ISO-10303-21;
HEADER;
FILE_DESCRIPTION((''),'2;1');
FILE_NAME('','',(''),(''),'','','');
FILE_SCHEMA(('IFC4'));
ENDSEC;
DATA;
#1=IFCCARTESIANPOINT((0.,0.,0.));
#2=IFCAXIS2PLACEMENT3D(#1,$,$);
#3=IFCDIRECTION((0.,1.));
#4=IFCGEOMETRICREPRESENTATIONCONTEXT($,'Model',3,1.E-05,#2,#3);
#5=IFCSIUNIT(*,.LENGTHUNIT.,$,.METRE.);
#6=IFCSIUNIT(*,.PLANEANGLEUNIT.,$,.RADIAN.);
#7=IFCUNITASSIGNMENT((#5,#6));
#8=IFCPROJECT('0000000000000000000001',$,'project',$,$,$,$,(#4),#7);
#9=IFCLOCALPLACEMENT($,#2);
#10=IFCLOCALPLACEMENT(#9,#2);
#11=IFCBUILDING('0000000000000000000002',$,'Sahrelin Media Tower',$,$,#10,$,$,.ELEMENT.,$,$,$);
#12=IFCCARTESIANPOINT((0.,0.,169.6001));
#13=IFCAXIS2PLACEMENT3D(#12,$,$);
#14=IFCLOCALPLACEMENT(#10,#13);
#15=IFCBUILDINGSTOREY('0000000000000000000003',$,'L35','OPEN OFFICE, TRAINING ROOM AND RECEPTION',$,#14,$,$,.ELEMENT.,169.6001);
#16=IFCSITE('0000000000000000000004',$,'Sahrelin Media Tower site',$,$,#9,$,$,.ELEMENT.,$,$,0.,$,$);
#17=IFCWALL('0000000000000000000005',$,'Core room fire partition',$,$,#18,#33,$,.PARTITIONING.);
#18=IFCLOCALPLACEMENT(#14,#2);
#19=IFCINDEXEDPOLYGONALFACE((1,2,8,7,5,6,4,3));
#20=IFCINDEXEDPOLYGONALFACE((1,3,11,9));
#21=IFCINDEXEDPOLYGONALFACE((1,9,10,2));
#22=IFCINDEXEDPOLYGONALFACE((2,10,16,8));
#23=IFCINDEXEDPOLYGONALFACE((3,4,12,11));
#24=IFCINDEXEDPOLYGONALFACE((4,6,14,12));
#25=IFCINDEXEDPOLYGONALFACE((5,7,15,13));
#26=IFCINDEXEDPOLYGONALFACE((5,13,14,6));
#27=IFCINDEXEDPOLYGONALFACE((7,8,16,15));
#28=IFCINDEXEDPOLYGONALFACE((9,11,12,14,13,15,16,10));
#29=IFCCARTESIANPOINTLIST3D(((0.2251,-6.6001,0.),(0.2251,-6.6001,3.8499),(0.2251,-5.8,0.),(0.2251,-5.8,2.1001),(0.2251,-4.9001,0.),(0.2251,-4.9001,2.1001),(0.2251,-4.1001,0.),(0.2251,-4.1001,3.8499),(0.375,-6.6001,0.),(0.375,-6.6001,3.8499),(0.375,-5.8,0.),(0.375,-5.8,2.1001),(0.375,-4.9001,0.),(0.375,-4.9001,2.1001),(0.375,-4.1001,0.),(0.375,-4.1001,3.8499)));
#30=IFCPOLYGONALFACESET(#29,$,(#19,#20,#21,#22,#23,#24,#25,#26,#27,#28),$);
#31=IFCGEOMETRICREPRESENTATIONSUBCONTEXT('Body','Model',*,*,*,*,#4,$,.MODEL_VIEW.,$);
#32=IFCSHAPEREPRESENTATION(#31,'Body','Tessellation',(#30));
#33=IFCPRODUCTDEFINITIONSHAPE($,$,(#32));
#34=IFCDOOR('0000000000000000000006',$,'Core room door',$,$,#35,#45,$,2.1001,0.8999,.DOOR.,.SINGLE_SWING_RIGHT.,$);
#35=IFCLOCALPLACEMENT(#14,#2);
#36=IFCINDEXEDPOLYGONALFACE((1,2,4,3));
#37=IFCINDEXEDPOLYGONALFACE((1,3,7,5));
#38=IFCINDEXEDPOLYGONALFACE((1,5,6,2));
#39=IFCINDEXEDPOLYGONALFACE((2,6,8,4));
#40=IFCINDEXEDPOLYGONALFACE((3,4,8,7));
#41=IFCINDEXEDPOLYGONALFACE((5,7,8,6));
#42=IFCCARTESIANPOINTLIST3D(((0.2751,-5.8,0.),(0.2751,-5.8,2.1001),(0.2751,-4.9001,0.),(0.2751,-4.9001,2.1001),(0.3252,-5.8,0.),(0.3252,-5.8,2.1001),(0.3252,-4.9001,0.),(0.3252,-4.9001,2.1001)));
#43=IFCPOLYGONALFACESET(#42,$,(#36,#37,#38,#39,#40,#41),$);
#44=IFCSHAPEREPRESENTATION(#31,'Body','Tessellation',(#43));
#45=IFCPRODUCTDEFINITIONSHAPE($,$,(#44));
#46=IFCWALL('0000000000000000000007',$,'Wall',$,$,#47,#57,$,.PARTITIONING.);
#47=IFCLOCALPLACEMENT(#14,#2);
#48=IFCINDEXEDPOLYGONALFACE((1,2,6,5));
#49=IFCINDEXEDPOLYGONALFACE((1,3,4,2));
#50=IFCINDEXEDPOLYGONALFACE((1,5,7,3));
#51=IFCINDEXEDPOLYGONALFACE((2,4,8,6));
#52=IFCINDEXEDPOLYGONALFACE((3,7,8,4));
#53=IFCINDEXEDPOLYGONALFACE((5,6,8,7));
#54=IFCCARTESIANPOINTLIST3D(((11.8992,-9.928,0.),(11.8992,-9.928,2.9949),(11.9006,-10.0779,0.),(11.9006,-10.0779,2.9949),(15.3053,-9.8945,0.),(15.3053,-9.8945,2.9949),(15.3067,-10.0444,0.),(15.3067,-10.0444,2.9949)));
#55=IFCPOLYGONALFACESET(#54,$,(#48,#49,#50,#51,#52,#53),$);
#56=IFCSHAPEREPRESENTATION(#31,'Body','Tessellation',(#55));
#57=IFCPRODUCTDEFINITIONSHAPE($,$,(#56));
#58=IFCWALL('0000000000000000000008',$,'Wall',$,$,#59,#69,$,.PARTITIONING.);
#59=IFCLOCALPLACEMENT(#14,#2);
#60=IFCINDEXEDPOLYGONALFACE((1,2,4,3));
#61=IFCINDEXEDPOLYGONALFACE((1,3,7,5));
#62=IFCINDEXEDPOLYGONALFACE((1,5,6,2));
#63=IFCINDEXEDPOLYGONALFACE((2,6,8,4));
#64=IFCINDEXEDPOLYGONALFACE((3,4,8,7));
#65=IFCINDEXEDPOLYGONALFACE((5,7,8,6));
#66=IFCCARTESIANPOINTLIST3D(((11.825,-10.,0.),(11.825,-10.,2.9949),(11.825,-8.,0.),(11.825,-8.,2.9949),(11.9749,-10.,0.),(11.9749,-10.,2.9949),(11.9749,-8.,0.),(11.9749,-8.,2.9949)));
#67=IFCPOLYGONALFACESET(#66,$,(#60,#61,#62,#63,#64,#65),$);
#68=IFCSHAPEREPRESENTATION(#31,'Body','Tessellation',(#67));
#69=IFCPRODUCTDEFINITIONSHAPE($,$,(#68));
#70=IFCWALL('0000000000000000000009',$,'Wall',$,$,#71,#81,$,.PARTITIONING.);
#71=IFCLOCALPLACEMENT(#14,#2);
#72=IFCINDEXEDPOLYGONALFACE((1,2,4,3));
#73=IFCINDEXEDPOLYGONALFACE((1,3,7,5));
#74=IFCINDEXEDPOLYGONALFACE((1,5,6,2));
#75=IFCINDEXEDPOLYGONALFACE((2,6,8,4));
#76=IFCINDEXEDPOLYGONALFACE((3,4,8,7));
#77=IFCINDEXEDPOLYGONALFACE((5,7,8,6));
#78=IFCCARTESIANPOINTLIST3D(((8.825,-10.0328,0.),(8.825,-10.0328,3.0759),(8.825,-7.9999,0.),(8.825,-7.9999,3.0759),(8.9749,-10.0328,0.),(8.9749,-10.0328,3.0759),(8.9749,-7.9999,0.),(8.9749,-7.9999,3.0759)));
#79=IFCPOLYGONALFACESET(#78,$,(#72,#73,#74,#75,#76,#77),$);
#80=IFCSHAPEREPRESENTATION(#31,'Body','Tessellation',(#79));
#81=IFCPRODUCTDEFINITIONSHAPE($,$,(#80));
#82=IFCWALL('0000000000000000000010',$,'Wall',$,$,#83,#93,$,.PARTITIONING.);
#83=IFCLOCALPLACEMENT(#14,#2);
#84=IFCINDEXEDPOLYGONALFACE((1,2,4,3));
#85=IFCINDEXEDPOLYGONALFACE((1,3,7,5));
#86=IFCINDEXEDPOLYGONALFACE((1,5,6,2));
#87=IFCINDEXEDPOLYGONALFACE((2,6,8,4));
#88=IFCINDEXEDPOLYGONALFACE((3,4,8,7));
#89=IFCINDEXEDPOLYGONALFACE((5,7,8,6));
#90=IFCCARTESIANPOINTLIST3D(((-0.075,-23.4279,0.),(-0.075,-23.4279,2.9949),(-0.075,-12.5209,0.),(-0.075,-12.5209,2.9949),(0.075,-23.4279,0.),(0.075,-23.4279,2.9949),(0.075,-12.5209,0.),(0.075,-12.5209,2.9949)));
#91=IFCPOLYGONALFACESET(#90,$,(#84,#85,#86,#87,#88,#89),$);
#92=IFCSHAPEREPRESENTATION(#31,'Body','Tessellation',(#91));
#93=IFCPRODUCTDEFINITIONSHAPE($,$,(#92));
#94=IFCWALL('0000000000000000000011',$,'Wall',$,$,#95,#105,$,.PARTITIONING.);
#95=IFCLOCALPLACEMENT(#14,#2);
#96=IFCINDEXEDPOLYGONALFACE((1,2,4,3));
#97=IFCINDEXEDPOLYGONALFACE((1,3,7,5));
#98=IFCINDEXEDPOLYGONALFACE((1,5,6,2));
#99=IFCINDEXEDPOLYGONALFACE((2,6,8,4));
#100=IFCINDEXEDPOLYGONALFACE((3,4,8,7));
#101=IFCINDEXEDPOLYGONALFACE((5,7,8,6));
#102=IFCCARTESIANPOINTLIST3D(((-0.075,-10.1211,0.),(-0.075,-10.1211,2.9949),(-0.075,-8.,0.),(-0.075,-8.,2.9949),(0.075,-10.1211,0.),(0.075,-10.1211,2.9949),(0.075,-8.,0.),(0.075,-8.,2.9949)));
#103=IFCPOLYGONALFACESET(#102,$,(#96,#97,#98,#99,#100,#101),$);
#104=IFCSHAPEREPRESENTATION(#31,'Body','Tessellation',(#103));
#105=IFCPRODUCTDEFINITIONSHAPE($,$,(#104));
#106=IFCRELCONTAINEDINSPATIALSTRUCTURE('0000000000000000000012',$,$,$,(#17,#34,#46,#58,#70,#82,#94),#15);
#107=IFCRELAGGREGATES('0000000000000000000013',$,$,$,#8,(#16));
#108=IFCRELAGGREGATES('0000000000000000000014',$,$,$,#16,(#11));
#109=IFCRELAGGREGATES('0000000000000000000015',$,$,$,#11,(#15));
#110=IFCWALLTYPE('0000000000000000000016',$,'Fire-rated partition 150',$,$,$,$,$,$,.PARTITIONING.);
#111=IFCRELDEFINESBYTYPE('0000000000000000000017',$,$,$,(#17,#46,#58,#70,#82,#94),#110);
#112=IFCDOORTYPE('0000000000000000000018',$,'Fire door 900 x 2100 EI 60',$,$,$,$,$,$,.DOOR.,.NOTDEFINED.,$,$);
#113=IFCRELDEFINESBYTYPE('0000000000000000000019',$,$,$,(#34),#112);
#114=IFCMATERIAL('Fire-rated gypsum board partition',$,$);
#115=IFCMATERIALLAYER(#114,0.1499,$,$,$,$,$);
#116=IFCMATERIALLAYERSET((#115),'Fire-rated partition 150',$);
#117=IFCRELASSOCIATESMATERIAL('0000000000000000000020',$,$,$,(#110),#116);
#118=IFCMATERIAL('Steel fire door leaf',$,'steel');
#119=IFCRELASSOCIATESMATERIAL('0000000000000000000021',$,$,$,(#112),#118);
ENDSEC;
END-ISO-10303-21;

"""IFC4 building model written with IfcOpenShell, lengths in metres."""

from ifc_helpers import new_model, si_unit, direction, frame, frame_2d, origin, place, context, subcontext, project, spatial, rectangle, extrude, material, layer, layer_set, type_object, element, fill, save


model = new_model("IFC4")

# Units and contexts
model_context = context("Model", 3, precision=1e-05, world=origin(), true_north=direction((0.0, 1.0)))
body_context = subcontext(model_context, "Body", "Model", "MODEL_VIEW")
ifc_project = project(units=[si_unit("LENGTHUNIT", "METRE"), si_unit("PLANEANGLEUNIT", "RADIAN")], contexts=[model_context])

# Site, building, storey
site_placement = place(None, origin())
site = spatial("IfcSite", under=ifc_project, at=site_placement, Name="Sahrelin Media Tower site", CompositionType="ELEMENT", RefElevation=0.0)
building_placement = place(site_placement, origin())
building = spatial("IfcBuilding", under=site, at=building_placement, Name="Sahrelin Media Tower", CompositionType="ELEMENT")
storey_placement = place(building_placement, frame((0.0, 0.0, 169.6001)))
storey = spatial("IfcBuildingStorey", under=building, at=storey_placement, Name="L35", Description="OPEN OFFICE, TRAINING ROOM AND RECEPTION", CompositionType="ELEMENT", Elevation=169.6001)

# Wall, opening, door
ifc_material_1 = material(Name="Fire-rated gypsum board partition")
ifc_layer_1 = layer(ifc_material_1, 0.1499)
ifc_layer_set_1 = layer_set([ifc_layer_1], Name="Fire-rated partition 150")
wall_type_1 = type_object("IfcWallType", Name="Fire-rated partition 150", PredefinedType="PARTITIONING", material=ifc_layer_set_1)
wall_1_placement = place(storey_placement, frame((0.3, -6.6001, 0.0), z_axis=(0.0, 0.0, 1.0), x_axis=(0.0, 1.0, 0.0)))
wall_1 = element("IfcWall", 1, at=wall_1_placement, inside=storey, type_object=wall_type_1, Name="Core room fire partition", PredefinedType="PARTITIONING", context=body_context, shape_type="SweptSolid", body=[
    extrude(rectangle(XDim=2.5, YDim=0.1499, at=frame_2d((1.25, 0.0))), origin(), (0.0, 0.0, 1.0), 3.8499),
])
opening_1_placement = place(wall_1_placement, frame((0.8, 0.0, 0.0)))
opening_1 = element("IfcOpeningElement", 2, at=opening_1_placement, cuts=wall_1, PredefinedType="OPENING", context=body_context, shape_type="SweptSolid", body=[
    extrude(rectangle(XDim=0.8999, YDim=2.1001, at=frame_2d((0.45, 1.05))), frame((0.0, 0.075, 0.0), z_axis=(0.0, -1.0, 0.0), x_axis=(1.0, 0.0, 0.0)), (0.0, 0.0, 1.0), 0.1499),
])
ifc_material_2 = material(Name="Steel fire door leaf", Category="steel")
door_type_1 = type_object("IfcDoorType", Name="Fire door 900 x 2100 EI 60", OperationType="NOTDEFINED", PredefinedType="DOOR", material=ifc_material_2)
door_1_placement = place(opening_1_placement, origin())
door_1 = element("IfcDoor", 3, at=door_1_placement, inside=storey, type_object=door_type_1, Name="Core room door", OperationType="SINGLE_SWING_RIGHT", OverallHeight=2.1001, OverallWidth=0.8999, PredefinedType="DOOR", context=body_context, shape_type="SweptSolid", body=[
    extrude(rectangle(XDim=0.8999, YDim=2.1001, at=frame_2d((0.45, 1.05))), frame((0.0, 0.0249, 0.0), z_axis=(0.0, -1.0, 0.0), x_axis=(1.0, 0.0, 0.0)), (0.0, 0.0, 1.0), 0.05),
])
fill(opening_1, door_1)

# Walls
wall_2_placement = place(storey_placement, frame((11.8999, -10.0029, 0.0), z_axis=(0.0, 0.0, 1.0), x_axis=(0.999952, 0.00982, 0.0)))
element("IfcWall", 4, at=wall_2_placement, inside=storey, type_object=wall_type_1, Name="Wall", PredefinedType="PARTITIONING", context=body_context, shape_type="SweptSolid", body=[
    extrude(rectangle(XDim=3.4062, YDim=0.1499, at=frame_2d((1.7031, 0.0))), origin(), (0.0, 0.0, 1.0), 2.9949),
])
wall_3_placement = place(storey_placement, frame((11.8999, -10.0, 0.0), z_axis=(0.0, 0.0, 1.0), x_axis=(0.0, 1.0, 0.0)))
element("IfcWall", 5, at=wall_3_placement, inside=storey, type_object=wall_type_1, Name="Wall", PredefinedType="PARTITIONING", context=body_context, shape_type="SweptSolid", body=[
    extrude(rectangle(XDim=2.0, YDim=0.1499, at=frame_2d((1.0, 0.0))), origin(), (0.0, 0.0, 1.0), 2.9949),
])
wall_4_placement = place(storey_placement, frame((8.8999, -10.033, 0.0), z_axis=(0.0, 0.0, 1.0), x_axis=(0.0, 1.0, 0.0)))
element("IfcWall", 6, at=wall_4_placement, inside=storey, type_object=wall_type_1, Name="Wall", PredefinedType="PARTITIONING", context=body_context, shape_type="SweptSolid", body=[
    extrude(rectangle(XDim=2.033, YDim=0.1499, at=frame_2d((1.0166, 0.0))), origin(), (0.0, 0.0, 1.0), 3.0759),
])
wall_5_placement = place(storey_placement, frame((0.0, -23.428, 0.0), z_axis=(0.0, 0.0, 1.0), x_axis=(0.0, 1.0, 0.0)))
element("IfcWall", 7, at=wall_5_placement, inside=storey, type_object=wall_type_1, Name="Wall", PredefinedType="PARTITIONING", context=body_context, shape_type="SweptSolid", body=[
    extrude(rectangle(XDim=10.907, YDim=0.1499, at=frame_2d((5.4536, 0.0))), origin(), (0.0, 0.0, 1.0), 2.9949),
])
wall_6_placement = place(storey_placement, frame((0.0, -10.1211, 0.0), z_axis=(0.0, 0.0, 1.0), x_axis=(0.0, 1.0, 0.0)))
element("IfcWall", 8, at=wall_6_placement, inside=storey, type_object=wall_type_1, Name="Wall", PredefinedType="PARTITIONING", context=body_context, shape_type="SweptSolid", body=[
    extrude(rectangle(XDim=2.1211, YDim=0.1499, at=frame_2d((1.0605, 0.0))), origin(), (0.0, 0.0, 1.0), 2.9949),
])

save(model, "model.ifc")
